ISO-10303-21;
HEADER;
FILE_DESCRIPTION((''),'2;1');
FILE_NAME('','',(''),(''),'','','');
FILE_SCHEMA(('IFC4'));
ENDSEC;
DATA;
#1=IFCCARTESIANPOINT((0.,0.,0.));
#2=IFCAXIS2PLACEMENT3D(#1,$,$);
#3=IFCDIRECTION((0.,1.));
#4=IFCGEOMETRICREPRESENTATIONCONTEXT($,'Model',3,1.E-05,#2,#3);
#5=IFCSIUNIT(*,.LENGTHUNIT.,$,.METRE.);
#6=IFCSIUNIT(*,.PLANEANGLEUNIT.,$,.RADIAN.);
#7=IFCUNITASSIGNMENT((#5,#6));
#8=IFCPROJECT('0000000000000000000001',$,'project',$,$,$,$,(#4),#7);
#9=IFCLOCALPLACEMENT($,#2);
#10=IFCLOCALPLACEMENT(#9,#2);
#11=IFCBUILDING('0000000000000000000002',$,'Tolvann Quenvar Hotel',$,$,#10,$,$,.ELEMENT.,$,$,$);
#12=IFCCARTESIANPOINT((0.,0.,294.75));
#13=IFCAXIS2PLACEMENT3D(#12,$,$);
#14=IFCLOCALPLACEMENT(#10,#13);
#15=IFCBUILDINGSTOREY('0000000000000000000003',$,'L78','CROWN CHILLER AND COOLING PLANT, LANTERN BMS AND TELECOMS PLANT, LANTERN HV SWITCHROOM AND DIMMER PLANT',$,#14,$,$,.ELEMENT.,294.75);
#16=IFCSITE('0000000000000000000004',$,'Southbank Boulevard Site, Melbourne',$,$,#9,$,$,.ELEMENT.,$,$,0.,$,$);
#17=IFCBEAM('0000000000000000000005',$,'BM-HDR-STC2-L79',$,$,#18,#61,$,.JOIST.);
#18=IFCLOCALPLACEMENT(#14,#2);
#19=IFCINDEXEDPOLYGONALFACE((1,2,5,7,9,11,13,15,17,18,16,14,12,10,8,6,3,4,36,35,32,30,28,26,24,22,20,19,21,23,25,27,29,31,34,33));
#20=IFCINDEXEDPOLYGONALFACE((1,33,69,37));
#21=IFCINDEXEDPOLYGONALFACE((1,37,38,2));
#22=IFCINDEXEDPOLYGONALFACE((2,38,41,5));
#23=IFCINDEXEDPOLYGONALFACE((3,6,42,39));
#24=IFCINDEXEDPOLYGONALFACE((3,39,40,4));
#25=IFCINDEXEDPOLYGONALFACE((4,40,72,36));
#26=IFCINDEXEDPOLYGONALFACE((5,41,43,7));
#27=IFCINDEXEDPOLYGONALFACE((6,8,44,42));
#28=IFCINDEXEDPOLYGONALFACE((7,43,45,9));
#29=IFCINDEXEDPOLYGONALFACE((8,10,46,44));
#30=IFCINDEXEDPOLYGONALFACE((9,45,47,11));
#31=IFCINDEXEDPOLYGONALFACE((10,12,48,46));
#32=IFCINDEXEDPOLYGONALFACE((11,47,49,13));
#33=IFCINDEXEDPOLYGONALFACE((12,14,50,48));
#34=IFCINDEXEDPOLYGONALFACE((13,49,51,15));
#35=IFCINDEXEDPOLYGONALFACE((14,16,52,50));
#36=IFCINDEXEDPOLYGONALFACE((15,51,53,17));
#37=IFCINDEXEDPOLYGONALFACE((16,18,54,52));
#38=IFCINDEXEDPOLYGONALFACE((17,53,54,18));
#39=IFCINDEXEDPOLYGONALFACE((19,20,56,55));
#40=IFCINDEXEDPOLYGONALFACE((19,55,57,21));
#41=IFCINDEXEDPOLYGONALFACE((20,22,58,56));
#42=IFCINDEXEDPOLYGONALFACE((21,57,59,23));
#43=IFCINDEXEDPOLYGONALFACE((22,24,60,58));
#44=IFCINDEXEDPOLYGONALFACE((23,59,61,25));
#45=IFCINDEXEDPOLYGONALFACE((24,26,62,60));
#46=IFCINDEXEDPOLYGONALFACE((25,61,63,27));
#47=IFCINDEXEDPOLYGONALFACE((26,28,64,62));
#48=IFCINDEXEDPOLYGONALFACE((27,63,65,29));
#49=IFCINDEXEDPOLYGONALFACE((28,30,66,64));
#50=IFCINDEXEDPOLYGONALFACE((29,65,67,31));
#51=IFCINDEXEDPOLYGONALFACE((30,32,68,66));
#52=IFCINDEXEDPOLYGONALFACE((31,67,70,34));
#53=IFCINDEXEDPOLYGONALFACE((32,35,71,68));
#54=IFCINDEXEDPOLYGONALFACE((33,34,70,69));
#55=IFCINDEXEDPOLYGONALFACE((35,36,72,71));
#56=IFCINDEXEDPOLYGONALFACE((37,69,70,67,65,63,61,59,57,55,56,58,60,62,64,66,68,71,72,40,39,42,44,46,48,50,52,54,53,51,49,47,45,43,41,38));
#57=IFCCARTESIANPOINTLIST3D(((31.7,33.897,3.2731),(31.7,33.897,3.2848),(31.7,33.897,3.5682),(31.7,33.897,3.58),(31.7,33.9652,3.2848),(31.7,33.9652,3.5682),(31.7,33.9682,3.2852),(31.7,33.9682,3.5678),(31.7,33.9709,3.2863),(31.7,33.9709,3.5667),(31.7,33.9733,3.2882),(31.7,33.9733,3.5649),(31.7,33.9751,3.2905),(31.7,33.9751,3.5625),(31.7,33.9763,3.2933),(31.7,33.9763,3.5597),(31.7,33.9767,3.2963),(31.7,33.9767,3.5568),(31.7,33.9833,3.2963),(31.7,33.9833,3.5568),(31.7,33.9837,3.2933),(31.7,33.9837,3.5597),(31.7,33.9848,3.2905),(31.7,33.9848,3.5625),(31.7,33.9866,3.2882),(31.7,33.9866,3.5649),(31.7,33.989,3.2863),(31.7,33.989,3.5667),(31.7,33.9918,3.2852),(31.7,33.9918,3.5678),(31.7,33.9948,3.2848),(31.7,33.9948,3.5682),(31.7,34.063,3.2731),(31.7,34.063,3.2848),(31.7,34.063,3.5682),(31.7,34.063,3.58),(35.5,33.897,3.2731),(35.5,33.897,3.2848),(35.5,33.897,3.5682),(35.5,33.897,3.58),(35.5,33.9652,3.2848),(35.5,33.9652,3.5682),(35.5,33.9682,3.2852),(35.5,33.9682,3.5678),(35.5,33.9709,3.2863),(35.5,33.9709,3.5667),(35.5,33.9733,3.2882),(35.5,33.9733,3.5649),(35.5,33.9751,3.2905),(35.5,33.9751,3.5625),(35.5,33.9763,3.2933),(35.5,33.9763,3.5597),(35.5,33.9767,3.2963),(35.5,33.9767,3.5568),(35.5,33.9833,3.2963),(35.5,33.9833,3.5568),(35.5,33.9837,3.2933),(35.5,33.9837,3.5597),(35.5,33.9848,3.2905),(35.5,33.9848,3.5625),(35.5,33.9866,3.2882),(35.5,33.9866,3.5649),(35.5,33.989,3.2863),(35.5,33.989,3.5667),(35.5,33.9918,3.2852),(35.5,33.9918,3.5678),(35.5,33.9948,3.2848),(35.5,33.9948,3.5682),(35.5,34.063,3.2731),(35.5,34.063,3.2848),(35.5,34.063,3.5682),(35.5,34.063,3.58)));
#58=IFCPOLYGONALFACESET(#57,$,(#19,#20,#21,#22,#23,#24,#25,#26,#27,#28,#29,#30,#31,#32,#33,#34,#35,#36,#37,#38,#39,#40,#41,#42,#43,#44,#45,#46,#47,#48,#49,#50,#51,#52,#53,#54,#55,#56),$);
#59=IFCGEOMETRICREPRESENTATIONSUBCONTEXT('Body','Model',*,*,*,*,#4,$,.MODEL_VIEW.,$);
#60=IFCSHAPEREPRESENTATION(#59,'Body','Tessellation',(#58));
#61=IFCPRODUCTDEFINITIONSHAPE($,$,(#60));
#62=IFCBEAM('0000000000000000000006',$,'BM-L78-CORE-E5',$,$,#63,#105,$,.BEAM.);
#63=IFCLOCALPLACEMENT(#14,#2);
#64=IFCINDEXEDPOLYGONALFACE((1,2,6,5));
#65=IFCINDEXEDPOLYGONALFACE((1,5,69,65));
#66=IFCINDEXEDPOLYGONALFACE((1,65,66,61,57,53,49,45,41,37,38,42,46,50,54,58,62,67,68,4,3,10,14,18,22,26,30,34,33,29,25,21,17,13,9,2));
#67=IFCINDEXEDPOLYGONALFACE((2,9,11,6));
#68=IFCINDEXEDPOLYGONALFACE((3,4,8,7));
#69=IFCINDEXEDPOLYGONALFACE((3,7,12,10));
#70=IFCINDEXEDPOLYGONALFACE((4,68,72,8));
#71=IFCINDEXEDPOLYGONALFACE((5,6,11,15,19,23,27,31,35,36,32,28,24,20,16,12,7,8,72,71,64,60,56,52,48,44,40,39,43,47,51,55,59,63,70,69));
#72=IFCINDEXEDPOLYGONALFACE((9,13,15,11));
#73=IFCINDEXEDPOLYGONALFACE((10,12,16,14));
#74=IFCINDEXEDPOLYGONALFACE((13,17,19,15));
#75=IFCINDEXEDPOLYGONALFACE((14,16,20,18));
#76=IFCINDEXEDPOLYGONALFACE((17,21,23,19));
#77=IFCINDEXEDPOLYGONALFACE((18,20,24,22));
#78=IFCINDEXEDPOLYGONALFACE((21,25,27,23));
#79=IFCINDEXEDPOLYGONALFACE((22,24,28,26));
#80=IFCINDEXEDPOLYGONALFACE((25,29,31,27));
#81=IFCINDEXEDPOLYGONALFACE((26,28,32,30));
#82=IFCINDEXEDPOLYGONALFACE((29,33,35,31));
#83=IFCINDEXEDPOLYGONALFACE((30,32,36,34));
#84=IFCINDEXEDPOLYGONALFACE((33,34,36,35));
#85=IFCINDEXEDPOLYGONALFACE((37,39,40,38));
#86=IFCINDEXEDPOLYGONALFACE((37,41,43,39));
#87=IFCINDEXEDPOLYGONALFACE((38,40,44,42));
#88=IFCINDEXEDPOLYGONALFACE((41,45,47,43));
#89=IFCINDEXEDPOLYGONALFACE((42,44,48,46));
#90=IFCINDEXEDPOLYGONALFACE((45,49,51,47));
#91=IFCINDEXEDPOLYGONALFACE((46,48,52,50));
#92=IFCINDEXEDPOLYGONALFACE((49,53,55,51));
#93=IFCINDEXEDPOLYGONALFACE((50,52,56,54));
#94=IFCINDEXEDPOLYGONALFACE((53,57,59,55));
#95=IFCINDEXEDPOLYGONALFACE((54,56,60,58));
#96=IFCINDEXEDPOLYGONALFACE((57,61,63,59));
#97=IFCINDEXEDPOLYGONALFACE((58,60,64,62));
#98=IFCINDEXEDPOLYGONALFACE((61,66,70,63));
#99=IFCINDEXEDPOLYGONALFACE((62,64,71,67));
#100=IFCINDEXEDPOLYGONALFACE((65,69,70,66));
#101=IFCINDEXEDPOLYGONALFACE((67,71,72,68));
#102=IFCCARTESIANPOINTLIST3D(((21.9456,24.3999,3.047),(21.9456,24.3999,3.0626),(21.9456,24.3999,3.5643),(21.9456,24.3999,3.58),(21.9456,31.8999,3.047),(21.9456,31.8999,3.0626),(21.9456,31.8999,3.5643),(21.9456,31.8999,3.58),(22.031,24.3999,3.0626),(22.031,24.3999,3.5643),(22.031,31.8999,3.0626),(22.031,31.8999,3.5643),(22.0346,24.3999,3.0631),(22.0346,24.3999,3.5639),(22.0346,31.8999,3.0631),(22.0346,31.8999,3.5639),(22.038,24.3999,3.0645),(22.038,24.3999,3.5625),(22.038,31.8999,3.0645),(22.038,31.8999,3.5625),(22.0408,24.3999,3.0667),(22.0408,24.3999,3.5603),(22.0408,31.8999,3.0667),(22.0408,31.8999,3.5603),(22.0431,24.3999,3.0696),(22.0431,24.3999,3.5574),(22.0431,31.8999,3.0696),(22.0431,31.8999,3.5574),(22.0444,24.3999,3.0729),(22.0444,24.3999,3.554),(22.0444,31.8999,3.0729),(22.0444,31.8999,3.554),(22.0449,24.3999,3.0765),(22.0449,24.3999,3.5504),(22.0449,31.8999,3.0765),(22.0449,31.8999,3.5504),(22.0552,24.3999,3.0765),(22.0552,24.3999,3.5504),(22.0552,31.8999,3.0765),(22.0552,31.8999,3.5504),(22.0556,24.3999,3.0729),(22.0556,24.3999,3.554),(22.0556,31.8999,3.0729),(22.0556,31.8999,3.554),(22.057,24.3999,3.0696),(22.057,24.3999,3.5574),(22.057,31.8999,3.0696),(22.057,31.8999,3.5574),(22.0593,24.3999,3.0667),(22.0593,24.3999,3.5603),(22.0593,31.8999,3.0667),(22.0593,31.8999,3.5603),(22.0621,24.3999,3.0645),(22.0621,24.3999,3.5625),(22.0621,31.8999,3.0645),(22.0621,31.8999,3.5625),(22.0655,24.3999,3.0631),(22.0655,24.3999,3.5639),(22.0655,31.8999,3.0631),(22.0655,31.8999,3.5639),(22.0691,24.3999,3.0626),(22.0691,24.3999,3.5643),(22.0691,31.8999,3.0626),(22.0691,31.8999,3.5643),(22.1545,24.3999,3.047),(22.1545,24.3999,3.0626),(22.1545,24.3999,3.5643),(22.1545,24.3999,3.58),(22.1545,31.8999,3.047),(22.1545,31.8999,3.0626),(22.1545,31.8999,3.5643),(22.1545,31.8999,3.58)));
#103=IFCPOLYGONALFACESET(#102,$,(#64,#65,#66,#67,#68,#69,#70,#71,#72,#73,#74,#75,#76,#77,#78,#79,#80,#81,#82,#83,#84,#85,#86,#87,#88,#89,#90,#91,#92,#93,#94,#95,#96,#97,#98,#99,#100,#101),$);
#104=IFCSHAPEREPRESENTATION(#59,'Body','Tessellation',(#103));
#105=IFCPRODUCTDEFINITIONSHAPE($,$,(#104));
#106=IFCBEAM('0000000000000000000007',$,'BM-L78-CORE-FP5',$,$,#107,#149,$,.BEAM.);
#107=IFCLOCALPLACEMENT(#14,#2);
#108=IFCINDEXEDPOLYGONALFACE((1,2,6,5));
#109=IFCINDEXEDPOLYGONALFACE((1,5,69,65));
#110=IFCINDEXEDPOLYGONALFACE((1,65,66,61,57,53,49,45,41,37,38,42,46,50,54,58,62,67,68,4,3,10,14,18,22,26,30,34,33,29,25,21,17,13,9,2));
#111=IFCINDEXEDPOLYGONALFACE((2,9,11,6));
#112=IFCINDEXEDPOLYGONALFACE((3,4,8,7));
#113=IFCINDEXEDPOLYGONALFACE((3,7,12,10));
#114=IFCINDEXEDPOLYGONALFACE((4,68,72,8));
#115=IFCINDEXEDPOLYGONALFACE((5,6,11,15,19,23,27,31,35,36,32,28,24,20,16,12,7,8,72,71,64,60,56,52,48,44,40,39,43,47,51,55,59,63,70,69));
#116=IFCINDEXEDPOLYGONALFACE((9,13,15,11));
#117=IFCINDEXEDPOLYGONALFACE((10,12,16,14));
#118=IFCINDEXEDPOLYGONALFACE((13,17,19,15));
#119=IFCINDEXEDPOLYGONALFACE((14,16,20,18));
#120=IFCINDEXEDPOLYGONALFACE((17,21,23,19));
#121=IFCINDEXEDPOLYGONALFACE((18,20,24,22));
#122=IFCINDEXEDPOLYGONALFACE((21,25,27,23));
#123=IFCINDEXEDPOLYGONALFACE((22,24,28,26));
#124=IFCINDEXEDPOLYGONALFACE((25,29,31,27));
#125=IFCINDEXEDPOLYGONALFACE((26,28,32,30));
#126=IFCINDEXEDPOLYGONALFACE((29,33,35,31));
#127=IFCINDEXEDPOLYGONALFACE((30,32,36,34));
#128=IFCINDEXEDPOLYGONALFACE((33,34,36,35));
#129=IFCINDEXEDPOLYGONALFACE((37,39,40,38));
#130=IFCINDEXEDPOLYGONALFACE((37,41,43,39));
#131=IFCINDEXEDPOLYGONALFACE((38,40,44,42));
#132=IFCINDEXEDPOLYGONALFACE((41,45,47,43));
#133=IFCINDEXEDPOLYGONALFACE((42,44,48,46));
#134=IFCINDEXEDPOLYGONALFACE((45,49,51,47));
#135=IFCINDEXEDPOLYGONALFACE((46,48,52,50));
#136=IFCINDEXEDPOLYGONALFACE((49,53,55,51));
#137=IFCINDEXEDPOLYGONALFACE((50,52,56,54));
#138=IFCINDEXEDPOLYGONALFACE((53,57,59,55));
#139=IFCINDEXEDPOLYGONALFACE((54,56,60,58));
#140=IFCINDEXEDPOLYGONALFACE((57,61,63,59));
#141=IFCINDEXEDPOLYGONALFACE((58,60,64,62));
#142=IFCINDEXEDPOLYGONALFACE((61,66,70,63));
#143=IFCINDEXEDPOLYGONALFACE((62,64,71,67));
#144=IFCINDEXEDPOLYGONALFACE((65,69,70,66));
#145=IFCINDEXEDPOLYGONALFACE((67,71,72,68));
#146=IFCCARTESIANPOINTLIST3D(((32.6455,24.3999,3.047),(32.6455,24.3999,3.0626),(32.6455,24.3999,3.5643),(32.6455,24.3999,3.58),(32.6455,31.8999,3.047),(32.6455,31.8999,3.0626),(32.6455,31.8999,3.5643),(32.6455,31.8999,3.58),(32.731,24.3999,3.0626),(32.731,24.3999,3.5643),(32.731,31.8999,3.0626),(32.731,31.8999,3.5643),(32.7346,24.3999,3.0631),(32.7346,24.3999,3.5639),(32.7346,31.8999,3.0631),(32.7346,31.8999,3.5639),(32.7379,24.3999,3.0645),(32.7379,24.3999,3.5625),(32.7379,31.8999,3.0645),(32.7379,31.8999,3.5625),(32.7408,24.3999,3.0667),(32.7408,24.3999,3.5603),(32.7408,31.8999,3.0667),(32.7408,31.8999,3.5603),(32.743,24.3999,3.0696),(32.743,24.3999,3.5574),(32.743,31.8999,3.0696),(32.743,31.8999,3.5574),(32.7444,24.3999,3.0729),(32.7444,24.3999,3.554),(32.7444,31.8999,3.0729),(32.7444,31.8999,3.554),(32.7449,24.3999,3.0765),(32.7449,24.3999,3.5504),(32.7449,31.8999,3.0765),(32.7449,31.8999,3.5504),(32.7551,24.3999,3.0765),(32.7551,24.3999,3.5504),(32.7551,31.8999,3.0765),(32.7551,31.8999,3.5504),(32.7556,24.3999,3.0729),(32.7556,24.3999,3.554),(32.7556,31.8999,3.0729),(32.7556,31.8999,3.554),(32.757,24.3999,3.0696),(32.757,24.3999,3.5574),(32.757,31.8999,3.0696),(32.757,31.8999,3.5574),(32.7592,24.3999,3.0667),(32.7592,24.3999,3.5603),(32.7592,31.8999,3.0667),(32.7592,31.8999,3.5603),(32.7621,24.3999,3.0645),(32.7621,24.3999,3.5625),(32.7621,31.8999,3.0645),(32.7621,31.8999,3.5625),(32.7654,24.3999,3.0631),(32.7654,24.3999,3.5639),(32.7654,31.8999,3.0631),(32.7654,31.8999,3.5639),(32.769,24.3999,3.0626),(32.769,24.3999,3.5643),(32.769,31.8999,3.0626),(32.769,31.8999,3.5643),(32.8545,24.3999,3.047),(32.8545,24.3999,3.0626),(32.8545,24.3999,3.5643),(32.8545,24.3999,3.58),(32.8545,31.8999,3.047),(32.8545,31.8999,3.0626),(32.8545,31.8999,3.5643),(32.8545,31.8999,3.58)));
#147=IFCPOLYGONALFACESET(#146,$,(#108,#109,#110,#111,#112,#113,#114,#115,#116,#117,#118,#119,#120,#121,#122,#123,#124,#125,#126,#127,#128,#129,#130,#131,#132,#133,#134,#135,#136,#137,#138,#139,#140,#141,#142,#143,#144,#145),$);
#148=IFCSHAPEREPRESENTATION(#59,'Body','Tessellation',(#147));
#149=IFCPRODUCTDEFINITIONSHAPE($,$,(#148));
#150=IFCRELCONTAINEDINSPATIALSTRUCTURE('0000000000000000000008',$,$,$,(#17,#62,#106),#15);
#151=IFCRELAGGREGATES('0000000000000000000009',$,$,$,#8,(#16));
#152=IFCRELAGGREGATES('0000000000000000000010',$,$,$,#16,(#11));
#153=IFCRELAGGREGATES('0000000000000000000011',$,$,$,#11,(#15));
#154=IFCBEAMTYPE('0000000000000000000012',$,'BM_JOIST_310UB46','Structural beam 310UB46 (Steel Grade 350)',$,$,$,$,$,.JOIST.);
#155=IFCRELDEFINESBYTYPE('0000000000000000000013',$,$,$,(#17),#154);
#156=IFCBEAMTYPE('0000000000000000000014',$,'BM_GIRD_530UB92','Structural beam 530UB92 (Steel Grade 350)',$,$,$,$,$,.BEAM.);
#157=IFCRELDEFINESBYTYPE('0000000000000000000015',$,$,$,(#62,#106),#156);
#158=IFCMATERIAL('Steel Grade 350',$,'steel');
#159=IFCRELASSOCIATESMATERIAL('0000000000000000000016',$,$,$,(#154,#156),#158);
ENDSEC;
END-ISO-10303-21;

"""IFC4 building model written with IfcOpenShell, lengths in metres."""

from ifc_helpers import new_model, si_unit, direction, frame, origin, origin_2d, place, context, subcontext, project, spatial, i_section, extrude, source, transform, mapped, material, material_profile, profile_set, type_object, type_shapes, element, save


model = new_model("IFC4")

# Units and contexts
model_context = context("Model", 3, precision=1e-05, world=origin(), true_north=direction((0.0, 1.0)))
body_context = subcontext(model_context, "Body", "Model", "MODEL_VIEW")
ifc_project = project(units=[si_unit("LENGTHUNIT", "METRE"), si_unit("PLANEANGLEUNIT", "RADIAN")], contexts=[model_context])

# Site, building, storey
site_placement = place(None, origin())
site = spatial("IfcSite", under=ifc_project, at=site_placement, Name="Southbank Boulevard Site, Melbourne", CompositionType="ELEMENT", RefElevation=0.0)
building_placement = place(site_placement, origin())
building = spatial("IfcBuilding", under=site, at=building_placement, Name="Tolvann Quenvar Hotel", CompositionType="ELEMENT")
storey_placement = place(building_placement, frame((0.0, 0.0, 294.75)))
storey = spatial("IfcBuildingStorey", under=building, at=storey_placement, Name="L78", Description="CROWN CHILLER AND COOLING PLANT, LANTERN BMS AND TELECOMS PLANT, LANTERN HV SWITCHROOM AND DIMMER PLANT", CompositionType="ELEMENT", Elevation=294.75)

# Beams
ifc_material_1 = material(Name="Steel Grade 350", Category="steel")
ifc_material_profile_1 = material_profile(ifc_material_1, i_section(OverallWidth=0.166, OverallDepth=0.3069, WebThickness=0.0066, FlangeThickness=0.0117, FilletRadius=0.0115, at=origin_2d()), Name="310UB46")
ifc_profile_set_1 = profile_set([ifc_material_profile_1], Name="Steel Grade 350")
beam_type_1 = type_object("IfcBeamType", Name="BM_JOIST_310UB46", Description="Structural beam 310UB46 (Steel Grade 350)", PredefinedType="JOIST", material=ifc_profile_set_1)
shared_shape_1 = source(origin(), body_context, "Body", "SweptSolid", [
    extrude(i_section(OverallWidth=0.166, OverallDepth=0.3069, WebThickness=0.0066, FlangeThickness=0.0117, FilletRadius=0.0115, at=origin_2d()), origin(), (0.0, 0.0, 1.0), 3.8),
])
type_shapes(beam_type_1, [shared_shape_1])
beam_1_placement = place(storey_placement, frame((31.7, 33.98, 3.4265), z_axis=(1.0, 0.0, 0.0), x_axis=(0.0, 1.0, 0.0)))
element("IfcBeam", 1, at=beam_1_placement, inside=storey, type_object=beam_type_1, Name="BM-HDR-STC2-L79", PredefinedType="JOIST", context=body_context, shape_type="MappedRepresentation", body=[
    mapped(shared_shape_1, transform((0.0, 0.0, 0.0), x_axis=(1.0, 0.0, 0.0), y_axis=(0.0, 1.0, 0.0), z_axis=(0.0, 0.0, 1.0), scale=1.0)),
])
ifc_material_profile_2 = material_profile(ifc_material_1, i_section(OverallWidth=0.209, OverallDepth=0.533, WebThickness=0.0103, FlangeThickness=0.0156, FilletRadius=0.0139, at=origin_2d()), Name="530UB92")
ifc_profile_set_2 = profile_set([ifc_material_profile_2], Name="Steel Grade 350")
beam_type_2 = type_object("IfcBeamType", Name="BM_GIRD_530UB92", Description="Structural beam 530UB92 (Steel Grade 350)", PredefinedType="BEAM", material=ifc_profile_set_2)
shared_shape_2 = source(origin(), body_context, "Body", "SweptSolid", [
    extrude(i_section(OverallWidth=0.209, OverallDepth=0.533, WebThickness=0.0103, FlangeThickness=0.0156, FilletRadius=0.0139, at=origin_2d()), origin(), (0.0, 0.0, 1.0), 7.5),
])
type_shapes(beam_type_2, [shared_shape_2])
for number, where, z_axis, x_axis, name in (
    (2, (22.05, 24.3999, 3.3135), (0.0, 1.0, 0.0), (-1.0, 0.0, 0.0), "BM-L78-CORE-E5"),
    (3, (32.75, 24.3999, 3.3135), (0.0, 1.0, 0.0), (-1.0, 0.0, 0.0), "BM-L78-CORE-FP5"),
):
    element("IfcBeam", number, at=place(storey_placement, frame(where, z_axis=z_axis, x_axis=x_axis)), inside=storey, type_object=beam_type_2, Name=name, PredefinedType="BEAM", context=body_context, shape_type="MappedRepresentation", body=[
        mapped(shared_shape_2, transform((0.0, 0.0, 0.0), x_axis=(1.0, 0.0, 0.0), y_axis=(0.0, 1.0, 0.0), z_axis=(0.0, 0.0, 1.0), scale=1.0)),
    ])

save(model, "model.ifc")
